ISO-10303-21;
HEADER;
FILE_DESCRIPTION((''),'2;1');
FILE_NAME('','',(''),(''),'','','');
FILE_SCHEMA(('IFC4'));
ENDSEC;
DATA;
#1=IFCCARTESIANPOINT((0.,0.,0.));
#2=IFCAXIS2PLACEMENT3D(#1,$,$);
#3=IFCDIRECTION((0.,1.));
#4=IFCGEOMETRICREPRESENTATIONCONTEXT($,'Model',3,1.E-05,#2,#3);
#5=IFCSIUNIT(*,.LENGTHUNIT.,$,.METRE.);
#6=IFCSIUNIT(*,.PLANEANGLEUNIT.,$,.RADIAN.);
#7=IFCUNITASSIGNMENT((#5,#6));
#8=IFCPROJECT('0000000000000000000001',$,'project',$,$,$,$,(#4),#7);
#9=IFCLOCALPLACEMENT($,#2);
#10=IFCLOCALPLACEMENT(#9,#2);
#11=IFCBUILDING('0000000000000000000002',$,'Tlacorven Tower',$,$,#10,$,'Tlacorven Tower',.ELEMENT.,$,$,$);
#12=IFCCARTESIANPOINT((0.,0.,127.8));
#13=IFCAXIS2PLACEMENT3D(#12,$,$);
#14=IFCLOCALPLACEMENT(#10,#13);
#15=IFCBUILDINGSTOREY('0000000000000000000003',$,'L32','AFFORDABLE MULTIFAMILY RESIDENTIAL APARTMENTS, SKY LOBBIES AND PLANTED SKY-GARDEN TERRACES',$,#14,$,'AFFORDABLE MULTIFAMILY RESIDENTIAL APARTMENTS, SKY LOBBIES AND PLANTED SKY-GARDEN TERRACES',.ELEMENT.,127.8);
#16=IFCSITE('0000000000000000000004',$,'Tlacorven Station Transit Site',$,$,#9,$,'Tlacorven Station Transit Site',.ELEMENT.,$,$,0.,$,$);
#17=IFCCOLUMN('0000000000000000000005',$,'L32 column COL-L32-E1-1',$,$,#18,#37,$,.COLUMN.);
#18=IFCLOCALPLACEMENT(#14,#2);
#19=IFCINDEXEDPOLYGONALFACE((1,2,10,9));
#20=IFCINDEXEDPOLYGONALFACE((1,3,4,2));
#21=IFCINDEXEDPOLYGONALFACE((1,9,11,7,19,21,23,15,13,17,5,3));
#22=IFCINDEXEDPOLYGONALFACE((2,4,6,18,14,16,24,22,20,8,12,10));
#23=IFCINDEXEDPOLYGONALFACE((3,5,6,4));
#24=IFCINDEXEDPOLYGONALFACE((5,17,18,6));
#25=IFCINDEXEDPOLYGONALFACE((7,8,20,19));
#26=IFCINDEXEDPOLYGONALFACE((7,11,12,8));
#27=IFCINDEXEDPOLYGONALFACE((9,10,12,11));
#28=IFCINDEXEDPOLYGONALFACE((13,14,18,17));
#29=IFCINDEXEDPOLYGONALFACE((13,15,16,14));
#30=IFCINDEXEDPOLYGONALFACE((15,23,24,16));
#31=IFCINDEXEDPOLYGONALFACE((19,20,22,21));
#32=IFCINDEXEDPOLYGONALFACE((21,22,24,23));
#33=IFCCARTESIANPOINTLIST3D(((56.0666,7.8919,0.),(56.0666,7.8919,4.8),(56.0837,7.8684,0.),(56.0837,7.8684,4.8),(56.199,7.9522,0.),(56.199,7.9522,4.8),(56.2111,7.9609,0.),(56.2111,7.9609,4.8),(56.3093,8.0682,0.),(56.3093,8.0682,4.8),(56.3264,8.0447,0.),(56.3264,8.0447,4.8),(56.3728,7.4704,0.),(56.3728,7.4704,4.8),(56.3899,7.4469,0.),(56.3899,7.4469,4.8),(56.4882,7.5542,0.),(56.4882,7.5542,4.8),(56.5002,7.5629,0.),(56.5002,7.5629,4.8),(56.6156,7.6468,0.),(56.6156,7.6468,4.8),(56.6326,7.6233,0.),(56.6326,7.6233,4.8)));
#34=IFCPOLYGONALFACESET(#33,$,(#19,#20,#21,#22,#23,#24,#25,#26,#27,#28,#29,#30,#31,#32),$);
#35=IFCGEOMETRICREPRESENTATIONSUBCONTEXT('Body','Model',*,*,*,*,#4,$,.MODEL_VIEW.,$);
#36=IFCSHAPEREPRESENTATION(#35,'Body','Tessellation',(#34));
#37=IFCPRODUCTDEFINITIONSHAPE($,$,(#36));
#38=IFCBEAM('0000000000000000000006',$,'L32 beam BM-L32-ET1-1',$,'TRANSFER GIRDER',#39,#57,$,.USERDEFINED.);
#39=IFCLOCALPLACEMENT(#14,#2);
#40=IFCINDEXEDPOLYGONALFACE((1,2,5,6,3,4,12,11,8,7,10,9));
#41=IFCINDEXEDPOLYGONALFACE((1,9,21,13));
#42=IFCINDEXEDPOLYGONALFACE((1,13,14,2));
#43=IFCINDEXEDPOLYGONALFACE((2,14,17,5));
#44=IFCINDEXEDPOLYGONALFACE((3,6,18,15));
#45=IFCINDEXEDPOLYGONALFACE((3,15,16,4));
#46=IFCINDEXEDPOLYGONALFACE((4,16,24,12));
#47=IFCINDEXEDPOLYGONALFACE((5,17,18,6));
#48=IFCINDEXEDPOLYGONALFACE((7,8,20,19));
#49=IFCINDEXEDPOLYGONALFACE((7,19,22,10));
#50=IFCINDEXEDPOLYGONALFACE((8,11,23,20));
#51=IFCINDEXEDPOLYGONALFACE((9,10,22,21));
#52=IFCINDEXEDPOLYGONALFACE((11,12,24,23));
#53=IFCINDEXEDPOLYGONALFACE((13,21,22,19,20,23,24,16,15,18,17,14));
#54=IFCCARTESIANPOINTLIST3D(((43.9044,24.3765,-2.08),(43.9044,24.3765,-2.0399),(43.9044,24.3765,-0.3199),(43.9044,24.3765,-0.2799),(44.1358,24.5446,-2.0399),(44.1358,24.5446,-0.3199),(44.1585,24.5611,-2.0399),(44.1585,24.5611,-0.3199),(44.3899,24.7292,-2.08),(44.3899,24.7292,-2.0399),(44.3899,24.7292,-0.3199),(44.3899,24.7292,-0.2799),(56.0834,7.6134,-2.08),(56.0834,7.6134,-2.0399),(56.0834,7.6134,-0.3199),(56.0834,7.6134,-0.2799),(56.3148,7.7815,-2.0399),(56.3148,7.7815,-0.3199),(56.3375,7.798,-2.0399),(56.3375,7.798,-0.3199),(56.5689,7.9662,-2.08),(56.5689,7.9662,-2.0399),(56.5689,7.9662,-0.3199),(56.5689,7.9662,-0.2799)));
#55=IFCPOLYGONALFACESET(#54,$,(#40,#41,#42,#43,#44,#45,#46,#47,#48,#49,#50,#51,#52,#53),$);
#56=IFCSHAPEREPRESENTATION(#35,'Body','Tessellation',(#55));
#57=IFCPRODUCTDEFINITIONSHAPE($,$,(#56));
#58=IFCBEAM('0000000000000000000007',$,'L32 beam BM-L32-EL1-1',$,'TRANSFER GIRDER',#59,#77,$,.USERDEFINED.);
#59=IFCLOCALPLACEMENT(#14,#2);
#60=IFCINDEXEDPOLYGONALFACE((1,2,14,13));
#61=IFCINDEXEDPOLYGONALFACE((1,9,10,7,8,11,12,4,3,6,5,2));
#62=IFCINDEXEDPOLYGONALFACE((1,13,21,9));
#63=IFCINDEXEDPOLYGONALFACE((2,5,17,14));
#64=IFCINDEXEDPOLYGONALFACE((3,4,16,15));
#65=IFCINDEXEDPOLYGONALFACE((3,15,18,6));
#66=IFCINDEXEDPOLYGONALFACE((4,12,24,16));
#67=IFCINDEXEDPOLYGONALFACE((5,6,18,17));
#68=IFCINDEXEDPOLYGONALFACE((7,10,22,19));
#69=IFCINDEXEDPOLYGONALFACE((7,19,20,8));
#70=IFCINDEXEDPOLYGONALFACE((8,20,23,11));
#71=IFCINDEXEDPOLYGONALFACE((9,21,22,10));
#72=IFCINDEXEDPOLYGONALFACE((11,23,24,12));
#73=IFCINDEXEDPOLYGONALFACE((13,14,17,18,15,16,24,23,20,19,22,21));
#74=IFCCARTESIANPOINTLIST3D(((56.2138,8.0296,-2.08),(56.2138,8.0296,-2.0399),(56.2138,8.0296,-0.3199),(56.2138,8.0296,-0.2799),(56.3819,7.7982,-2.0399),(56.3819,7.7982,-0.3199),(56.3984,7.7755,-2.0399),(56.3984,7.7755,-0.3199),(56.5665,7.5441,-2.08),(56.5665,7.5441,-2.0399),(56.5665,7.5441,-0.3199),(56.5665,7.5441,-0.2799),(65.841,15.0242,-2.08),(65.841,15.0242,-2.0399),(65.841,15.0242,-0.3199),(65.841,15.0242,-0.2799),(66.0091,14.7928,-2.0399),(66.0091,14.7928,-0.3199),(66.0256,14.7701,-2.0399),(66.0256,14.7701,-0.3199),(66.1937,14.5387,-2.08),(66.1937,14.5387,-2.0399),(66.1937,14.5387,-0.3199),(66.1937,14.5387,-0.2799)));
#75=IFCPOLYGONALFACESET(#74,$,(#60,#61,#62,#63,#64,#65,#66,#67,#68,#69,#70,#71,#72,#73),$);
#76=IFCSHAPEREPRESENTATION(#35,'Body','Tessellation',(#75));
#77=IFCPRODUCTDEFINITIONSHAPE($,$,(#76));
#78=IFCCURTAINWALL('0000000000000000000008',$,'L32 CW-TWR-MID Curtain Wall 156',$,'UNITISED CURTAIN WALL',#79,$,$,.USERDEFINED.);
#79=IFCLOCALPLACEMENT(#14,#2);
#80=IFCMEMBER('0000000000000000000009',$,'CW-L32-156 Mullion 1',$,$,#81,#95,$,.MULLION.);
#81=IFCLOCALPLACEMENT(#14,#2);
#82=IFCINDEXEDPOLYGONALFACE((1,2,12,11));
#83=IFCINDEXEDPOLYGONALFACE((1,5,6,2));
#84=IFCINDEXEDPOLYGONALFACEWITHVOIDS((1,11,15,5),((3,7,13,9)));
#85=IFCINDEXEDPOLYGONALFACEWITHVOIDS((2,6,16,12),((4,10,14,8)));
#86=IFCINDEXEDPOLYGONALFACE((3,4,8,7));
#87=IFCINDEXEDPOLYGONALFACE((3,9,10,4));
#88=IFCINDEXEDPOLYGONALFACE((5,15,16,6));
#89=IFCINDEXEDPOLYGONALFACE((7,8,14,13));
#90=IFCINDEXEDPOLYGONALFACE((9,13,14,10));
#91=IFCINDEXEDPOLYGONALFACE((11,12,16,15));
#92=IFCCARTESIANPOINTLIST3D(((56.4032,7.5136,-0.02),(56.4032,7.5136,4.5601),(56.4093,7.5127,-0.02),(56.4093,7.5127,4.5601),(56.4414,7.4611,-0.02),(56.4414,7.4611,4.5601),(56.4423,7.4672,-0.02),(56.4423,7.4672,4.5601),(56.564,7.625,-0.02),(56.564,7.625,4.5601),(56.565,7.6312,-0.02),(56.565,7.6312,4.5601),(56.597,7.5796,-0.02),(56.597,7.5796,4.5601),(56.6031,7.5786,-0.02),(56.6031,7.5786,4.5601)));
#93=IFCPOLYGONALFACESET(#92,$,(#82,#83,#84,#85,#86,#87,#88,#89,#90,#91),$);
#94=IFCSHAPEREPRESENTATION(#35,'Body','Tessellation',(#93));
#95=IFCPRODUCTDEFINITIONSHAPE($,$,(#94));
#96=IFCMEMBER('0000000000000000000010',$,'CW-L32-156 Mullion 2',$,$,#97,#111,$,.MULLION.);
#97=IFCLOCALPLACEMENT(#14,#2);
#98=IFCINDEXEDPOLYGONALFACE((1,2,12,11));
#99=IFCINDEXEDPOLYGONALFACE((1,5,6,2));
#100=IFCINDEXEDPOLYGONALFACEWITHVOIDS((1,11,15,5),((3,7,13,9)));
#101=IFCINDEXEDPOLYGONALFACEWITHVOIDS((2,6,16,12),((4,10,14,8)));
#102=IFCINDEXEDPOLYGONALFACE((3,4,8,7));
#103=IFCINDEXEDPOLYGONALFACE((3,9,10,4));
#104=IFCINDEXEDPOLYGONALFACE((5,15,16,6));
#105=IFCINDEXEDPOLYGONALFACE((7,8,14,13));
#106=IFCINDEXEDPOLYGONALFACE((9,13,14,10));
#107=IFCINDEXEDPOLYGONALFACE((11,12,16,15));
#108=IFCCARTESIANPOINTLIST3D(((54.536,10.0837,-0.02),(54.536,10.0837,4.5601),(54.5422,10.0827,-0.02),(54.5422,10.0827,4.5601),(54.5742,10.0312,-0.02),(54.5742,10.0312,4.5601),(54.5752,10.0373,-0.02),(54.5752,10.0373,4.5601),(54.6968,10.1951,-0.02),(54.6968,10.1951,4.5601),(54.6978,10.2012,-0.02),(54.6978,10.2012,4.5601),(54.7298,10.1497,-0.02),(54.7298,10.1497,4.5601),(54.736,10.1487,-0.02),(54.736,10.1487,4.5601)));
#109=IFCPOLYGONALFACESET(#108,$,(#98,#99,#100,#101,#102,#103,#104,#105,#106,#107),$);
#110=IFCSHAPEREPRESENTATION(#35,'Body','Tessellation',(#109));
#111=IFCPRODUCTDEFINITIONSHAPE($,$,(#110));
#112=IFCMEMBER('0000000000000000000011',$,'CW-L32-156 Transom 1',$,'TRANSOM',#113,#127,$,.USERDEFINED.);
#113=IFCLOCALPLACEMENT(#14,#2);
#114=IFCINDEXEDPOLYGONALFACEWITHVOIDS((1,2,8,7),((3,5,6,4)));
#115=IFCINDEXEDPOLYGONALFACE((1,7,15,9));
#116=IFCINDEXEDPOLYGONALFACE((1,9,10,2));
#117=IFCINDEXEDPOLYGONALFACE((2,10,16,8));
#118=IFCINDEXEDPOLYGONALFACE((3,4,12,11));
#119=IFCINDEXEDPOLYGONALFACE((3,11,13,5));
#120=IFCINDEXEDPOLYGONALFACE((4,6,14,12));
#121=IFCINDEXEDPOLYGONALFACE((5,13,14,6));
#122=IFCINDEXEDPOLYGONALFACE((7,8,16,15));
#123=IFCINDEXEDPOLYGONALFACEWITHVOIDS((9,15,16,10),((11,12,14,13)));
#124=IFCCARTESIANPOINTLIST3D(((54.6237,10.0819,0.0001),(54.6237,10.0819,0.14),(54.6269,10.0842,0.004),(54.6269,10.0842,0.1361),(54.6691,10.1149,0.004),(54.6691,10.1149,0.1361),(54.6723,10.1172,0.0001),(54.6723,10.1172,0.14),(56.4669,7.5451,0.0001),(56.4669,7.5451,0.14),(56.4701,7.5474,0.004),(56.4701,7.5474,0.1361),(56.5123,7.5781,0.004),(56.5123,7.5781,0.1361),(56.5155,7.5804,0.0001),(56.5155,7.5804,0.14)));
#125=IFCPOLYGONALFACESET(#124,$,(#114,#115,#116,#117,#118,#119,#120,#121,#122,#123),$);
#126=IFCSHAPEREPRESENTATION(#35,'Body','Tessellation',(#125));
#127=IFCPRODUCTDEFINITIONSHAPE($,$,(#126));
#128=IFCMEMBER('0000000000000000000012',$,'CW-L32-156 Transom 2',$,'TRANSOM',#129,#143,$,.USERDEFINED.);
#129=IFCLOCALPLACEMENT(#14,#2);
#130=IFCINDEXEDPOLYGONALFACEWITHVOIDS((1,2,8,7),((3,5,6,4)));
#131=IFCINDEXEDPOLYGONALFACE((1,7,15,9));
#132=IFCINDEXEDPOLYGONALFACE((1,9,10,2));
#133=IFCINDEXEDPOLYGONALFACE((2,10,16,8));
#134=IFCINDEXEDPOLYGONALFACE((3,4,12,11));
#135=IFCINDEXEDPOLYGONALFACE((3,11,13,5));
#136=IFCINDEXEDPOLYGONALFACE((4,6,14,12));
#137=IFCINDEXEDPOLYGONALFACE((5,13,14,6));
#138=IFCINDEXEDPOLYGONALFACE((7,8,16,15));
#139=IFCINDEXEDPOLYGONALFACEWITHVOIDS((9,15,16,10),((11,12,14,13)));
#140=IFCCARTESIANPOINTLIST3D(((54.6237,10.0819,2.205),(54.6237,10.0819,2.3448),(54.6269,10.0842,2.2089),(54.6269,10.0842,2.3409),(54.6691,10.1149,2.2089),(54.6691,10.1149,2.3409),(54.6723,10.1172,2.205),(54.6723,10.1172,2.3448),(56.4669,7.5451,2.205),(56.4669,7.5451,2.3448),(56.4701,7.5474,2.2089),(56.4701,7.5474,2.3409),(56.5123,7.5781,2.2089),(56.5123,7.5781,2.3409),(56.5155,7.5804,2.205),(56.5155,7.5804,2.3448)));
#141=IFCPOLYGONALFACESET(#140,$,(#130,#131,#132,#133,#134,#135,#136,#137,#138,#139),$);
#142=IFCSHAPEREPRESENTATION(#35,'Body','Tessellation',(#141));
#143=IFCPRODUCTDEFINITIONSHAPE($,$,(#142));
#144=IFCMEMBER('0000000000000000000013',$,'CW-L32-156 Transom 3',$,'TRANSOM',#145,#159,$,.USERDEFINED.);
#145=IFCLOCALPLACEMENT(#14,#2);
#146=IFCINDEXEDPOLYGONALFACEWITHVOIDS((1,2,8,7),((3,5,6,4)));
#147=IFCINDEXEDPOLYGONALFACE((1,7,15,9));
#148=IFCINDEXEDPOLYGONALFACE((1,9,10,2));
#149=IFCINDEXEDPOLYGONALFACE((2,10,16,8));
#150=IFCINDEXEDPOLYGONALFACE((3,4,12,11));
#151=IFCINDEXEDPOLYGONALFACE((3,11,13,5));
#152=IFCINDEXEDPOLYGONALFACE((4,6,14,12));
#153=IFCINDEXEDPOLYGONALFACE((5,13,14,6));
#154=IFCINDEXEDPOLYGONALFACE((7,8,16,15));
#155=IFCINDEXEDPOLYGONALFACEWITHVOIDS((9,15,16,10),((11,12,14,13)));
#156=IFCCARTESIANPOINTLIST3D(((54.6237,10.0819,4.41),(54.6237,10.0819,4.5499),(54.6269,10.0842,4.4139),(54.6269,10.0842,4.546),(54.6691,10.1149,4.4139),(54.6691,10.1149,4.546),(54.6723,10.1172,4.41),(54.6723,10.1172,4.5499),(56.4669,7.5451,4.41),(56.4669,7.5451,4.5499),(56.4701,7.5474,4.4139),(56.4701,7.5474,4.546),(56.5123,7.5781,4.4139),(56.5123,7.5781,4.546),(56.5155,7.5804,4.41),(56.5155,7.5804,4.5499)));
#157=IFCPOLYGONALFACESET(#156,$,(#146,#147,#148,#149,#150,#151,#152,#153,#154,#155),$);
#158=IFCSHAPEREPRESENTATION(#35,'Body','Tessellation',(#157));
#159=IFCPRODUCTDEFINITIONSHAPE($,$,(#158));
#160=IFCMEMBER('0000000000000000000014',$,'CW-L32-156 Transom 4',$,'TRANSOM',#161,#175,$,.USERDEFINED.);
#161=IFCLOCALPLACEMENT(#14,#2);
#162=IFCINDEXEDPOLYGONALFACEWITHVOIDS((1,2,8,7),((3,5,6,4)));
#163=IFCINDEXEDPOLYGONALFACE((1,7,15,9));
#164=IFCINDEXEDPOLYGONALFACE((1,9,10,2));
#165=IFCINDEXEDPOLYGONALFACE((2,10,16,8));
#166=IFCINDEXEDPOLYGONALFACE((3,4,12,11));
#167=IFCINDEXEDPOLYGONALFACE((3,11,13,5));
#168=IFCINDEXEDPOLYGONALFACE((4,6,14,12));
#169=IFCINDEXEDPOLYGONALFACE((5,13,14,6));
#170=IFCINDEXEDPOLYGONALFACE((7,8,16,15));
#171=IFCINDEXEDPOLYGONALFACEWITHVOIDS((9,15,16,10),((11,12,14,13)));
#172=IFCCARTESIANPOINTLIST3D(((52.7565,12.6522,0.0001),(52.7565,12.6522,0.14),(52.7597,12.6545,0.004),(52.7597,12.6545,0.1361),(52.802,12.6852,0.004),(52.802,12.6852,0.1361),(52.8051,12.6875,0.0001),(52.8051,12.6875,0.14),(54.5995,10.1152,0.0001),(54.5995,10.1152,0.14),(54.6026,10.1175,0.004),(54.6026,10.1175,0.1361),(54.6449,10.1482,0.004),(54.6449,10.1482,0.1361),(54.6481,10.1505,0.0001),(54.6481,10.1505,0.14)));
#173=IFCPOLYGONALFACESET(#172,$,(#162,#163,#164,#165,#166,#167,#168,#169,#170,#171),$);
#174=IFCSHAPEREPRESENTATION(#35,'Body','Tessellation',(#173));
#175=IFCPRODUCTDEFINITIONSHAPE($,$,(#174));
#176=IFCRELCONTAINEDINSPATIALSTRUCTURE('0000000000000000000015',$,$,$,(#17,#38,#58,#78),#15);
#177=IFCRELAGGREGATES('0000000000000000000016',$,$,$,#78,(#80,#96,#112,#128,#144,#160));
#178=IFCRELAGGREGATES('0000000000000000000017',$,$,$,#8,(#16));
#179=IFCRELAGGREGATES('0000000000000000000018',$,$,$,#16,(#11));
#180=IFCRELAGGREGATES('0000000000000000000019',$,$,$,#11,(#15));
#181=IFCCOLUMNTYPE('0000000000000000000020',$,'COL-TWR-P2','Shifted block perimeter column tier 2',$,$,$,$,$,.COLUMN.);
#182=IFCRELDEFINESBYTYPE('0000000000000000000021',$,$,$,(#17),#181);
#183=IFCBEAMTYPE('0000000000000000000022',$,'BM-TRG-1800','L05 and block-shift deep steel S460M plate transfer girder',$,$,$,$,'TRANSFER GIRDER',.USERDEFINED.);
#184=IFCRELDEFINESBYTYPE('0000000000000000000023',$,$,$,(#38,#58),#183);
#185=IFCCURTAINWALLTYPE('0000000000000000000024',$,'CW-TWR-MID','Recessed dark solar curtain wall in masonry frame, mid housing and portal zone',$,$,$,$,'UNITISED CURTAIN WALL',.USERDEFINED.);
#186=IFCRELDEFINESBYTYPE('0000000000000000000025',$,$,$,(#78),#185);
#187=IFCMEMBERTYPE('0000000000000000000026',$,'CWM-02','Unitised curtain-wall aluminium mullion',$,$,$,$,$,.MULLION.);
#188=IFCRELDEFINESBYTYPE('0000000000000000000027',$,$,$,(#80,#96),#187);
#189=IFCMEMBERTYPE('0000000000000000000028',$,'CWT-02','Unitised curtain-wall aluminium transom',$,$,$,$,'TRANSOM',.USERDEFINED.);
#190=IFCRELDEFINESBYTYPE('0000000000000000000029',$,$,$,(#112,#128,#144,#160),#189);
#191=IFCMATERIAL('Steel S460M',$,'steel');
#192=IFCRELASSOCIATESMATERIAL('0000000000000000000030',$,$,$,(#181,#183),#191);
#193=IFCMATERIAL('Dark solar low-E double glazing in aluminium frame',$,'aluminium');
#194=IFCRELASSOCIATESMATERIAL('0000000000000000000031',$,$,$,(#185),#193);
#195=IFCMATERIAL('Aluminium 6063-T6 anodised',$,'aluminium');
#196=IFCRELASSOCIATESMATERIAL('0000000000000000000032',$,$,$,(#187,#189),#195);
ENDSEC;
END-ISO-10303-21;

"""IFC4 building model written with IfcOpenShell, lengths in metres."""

from ifc_helpers import new_model, si_unit, direction, frame, origin, origin_2d, place, context, subcontext, project, spatial, hollow_rectangle, i_section, extrude, source, transform, mapped, material, material_profile, profile_set, type_object, element, aggregate, save


model = new_model("IFC4")

# Units and contexts
model_context = context("Model", 3, precision=1e-05, world=origin(), true_north=direction((0.0, 1.0)))
body_context = subcontext(model_context, "Body", "Model", "MODEL_VIEW")
ifc_project = project(units=[si_unit("LENGTHUNIT", "METRE"), si_unit("PLANEANGLEUNIT", "RADIAN")], contexts=[model_context])

# Site, building, storey
site_placement = place(None, origin())
site = spatial("IfcSite", under=ifc_project, at=site_placement, Name="Tlacorven Station Transit Site", LongName="Tlacorven Station Transit Site", CompositionType="ELEMENT", RefElevation=0.0)
building_placement = place(site_placement, origin())
building = spatial("IfcBuilding", under=site, at=building_placement, Name="Tlacorven Tower", LongName="Tlacorven Tower", CompositionType="ELEMENT")
storey_placement = place(building_placement, frame((0.0, 0.0, 127.8)))
storey = spatial("IfcBuildingStorey", under=building, at=storey_placement, Name="L32", Description="AFFORDABLE MULTIFAMILY RESIDENTIAL APARTMENTS, SKY LOBBIES AND PLANTED SKY-GARDEN TERRACES", LongName="AFFORDABLE MULTIFAMILY RESIDENTIAL APARTMENTS, SKY LOBBIES AND PLANTED SKY-GARDEN TERRACES", CompositionType="ELEMENT", Elevation=127.8)

# Column
ifc_material_1 = material(Name="Steel S460M", Category="steel")
ifc_material_profile_1 = material_profile(ifc_material_1, i_section(OverallWidth=0.3, OverallDepth=0.55, WebThickness=0.0149, FlangeThickness=0.0291, at=origin_2d()), Name="HEB 550")
ifc_profile_set_1 = profile_set([ifc_material_profile_1], Name="Steel S460M")
column_type = type_object("IfcColumnType", Name="COL-TWR-P2", Description="Shifted block perimeter column tier 2", PredefinedType="COLUMN", material=ifc_profile_set_1)
shared_shape_1 = source(origin(), body_context, "Body", "SweptSolid", [
    extrude(i_section(OverallWidth=0.3, OverallDepth=0.55, WebThickness=0.0149, FlangeThickness=0.0291, at=origin_2d()), origin(), (0.0, 0.0, 1.0), 4.8),
])
column_placement = place(storey_placement, frame((56.3496, 7.7576, 0.0), z_axis=(0.0, 0.0, 1.0), x_axis=(0.809017, 0.587785, 0.0)))
element("IfcColumn", 1, at=column_placement, inside=storey, type_object=column_type, Name="L32 column COL-L32-E1-1", PredefinedType="COLUMN", context=body_context, shape_type="MappedRepresentation", body=[
    mapped(shared_shape_1, transform((0.0, 0.0, 0.0), scale=1.0)),
])

# Beams
ifc_material_profile_2 = material_profile(ifc_material_1, i_section(OverallWidth=0.6001, OverallDepth=1.8, WebThickness=0.0281, FlangeThickness=0.04, at=origin_2d()), Name="PG 1800X600X28X40")
ifc_profile_set_2 = profile_set([ifc_material_profile_2], Name="Steel S460M")
beam_type = type_object("IfcBeamType", Name="BM-TRG-1800", Description="L05 and block-shift deep steel S460M plate transfer girder", ElementType="TRANSFER GIRDER", PredefinedType="USERDEFINED", material=ifc_profile_set_2)
shared_shape_2 = source(origin(), body_context, "Body", "SweptSolid", [
    extrude(i_section(OverallWidth=0.6001, OverallDepth=1.8, WebThickness=0.0281, FlangeThickness=0.04, at=origin_2d()), origin(), (0.0, 0.0, 1.0), 20.7202),
])
beam_1_placement = place(storey_placement, frame((56.3262, 7.7898, -1.1799), z_axis=(-0.587784, 0.809018, 0.0), x_axis=(-0.809018, -0.587784, 0.0)))
element("IfcBeam", 2, at=beam_1_placement, inside=storey, type_object=beam_type, Name="L32 beam BM-L32-ET1-1", ObjectType="TRANSFER GIRDER", PredefinedType="USERDEFINED", context=body_context, shape_type="MappedRepresentation", body=[
    mapped(shared_shape_2, transform((0.0, 0.0, 0.0), scale=1.0)),
])
shared_shape_3 = source(origin(), body_context, "Body", "SweptSolid", [
    extrude(i_section(OverallWidth=0.6001, OverallDepth=1.8, WebThickness=0.0281, FlangeThickness=0.04, at=origin_2d()), origin(), (0.0, 0.0, 1.0), 11.8999),
])
beam_2_placement = place(storey_placement, frame((56.3901, 7.7869, -1.1799), z_axis=(0.809015, 0.587789, 0.0), x_axis=(-0.587789, 0.809015, 0.0)))
element("IfcBeam", 3, at=beam_2_placement, inside=storey, type_object=beam_type, Name="L32 beam BM-L32-EL1-1", ObjectType="TRANSFER GIRDER", PredefinedType="USERDEFINED", context=body_context, shape_type="MappedRepresentation", body=[
    mapped(shared_shape_3, transform((0.0, 0.0, 0.0), scale=1.0)),
])

# Curtain wall, members
ifc_material_2 = material(Name="Dark solar low-E double glazing in aluminium frame", Category="aluminium")
curtain_wall_type = type_object("IfcCurtainWallType", Name="CW-TWR-MID", Description="Recessed dark solar curtain wall in masonry frame, mid housing and portal zone", ElementType="UNITISED CURTAIN WALL", PredefinedType="USERDEFINED", material=ifc_material_2)
curtain_wall_placement = place(storey_placement, origin())
curtain_wall = element("IfcCurtainWall", 4, at=curtain_wall_placement, inside=storey, type_object=curtain_wall_type, Name="L32 CW-TWR-MID Curtain Wall 156", ObjectType="UNITISED CURTAIN WALL", PredefinedType="USERDEFINED")
ifc_material_3 = material(Name="Aluminium 6063-T6 anodised", Category="aluminium")
ifc_material_profile_3 = material_profile(ifc_material_3, hollow_rectangle(XDim=0.0649, YDim=0.2, WallThickness=0.0044, at=origin_2d()), Name="ALU MULLION 65X200")
ifc_profile_set_3 = profile_set([ifc_material_profile_3], Name="Aluminium 6063-T6 anodised")
member_type_1 = type_object("IfcMemberType", Name="CWM-02", Description="Unitised curtain-wall aluminium mullion", PredefinedType="MULLION", material=ifc_profile_set_3)
shared_shape_4 = source(origin(), body_context, "Body", "SweptSolid", [
    extrude(hollow_rectangle(XDim=0.0649, YDim=0.2, WallThickness=0.0044, at=origin_2d()), origin(), (0.0, 0.0, 1.0), 4.5801),
])
member_1_placement = place(storey_placement, frame((56.5032, 7.5461, -0.02), z_axis=(0.0, 0.0, 1.0), x_axis=(-0.587785, 0.809017, 0.0)))
member_1 = element("IfcMember", 5, at=member_1_placement, type_object=member_type_1, Name="CW-L32-156 Mullion 1", PredefinedType="MULLION", context=body_context, shape_type="MappedRepresentation", body=[
    mapped(shared_shape_4, transform((0.0, 0.0, 0.0), scale=1.0)),
])
member_2_placement = place(storey_placement, frame((54.636, 10.1162, -0.02), z_axis=(0.0, 0.0, 1.0), x_axis=(-0.587785, 0.809017, 0.0)))
member_2 = element("IfcMember", 6, at=member_2_placement, type_object=member_type_1, Name="CW-L32-156 Mullion 2", PredefinedType="MULLION", context=body_context, shape_type="MappedRepresentation", body=[
    mapped(shared_shape_4, transform((0.0, 0.0, 0.0), scale=1.0)),
])
ifc_material_profile_4 = material_profile(ifc_material_3, hollow_rectangle(XDim=0.0601, YDim=0.1399, WallThickness=0.0039, at=origin_2d()), Name="ALU TRANSOM 60X140")
ifc_profile_set_4 = profile_set([ifc_material_profile_4], Name="Aluminium 6063-T6 anodised")
member_type_2 = type_object("IfcMemberType", Name="CWT-02", Description="Unitised curtain-wall aluminium transom", ElementType="TRANSOM", PredefinedType="USERDEFINED", material=ifc_profile_set_4)
shared_shape_5 = source(origin(), body_context, "Body", "SweptSolid", [
    extrude(hollow_rectangle(XDim=0.0601, YDim=0.1399, WallThickness=0.0039, at=origin_2d()), origin(), (0.0, 0.0, 1.0), 3.1357),
])
member_3_placement = place(storey_placement, frame((56.4912, 7.5627, 0.0701), z_axis=(-0.587811, 0.808999, 0.0), x_axis=(-0.808999, -0.587811, 0.0)))
member_3 = element("IfcMember", 7, at=member_3_placement, type_object=member_type_2, Name="CW-L32-156 Transom 1", ObjectType="TRANSOM", PredefinedType="USERDEFINED", context=body_context, shape_type="MappedRepresentation", body=[
    mapped(shared_shape_5, transform((0.0, 0.0, 0.0), scale=1.0)),
])
member_4_placement = place(storey_placement, frame((56.4912, 7.5627, 2.2749), z_axis=(-0.587811, 0.808999, 0.0), x_axis=(-0.808999, -0.587811, 0.0)))
member_4 = element("IfcMember", 8, at=member_4_placement, type_object=member_type_2, Name="CW-L32-156 Transom 2", ObjectType="TRANSOM", PredefinedType="USERDEFINED", context=body_context, shape_type="MappedRepresentation", body=[
    mapped(shared_shape_5, transform((0.0, 0.0, 0.0), scale=1.0)),
])
member_5_placement = place(storey_placement, frame((56.4912, 7.5627, 4.48), z_axis=(-0.587811, 0.808999, 0.0), x_axis=(-0.808999, -0.587811, 0.0)))
member_5 = element("IfcMember", 9, at=member_5_placement, type_object=member_type_2, Name="CW-L32-156 Transom 3", ObjectType="TRANSOM", PredefinedType="USERDEFINED", context=body_context, shape_type="MappedRepresentation", body=[
    mapped(shared_shape_5, transform((0.0, 0.0, 0.0), scale=1.0)),
])
member_6_placement = place(storey_placement, frame((54.6238, 10.1328, 0.0701), z_axis=(-0.587723, 0.809063, 0.0), x_axis=(-0.809063, -0.587723, 0.0)))
member_6 = element("IfcMember", 10, at=member_6_placement, type_object=member_type_2, Name="CW-L32-156 Transom 4", ObjectType="TRANSOM", PredefinedType="USERDEFINED", context=body_context, shape_type="MappedRepresentation", body=[
    mapped(shared_shape_5, transform((0.0, 0.0, 0.0), scale=1.0)),
])
aggregate(curtain_wall, [member_1, member_2, member_3, member_4, member_5, member_6])

save(model, "model.ifc")
